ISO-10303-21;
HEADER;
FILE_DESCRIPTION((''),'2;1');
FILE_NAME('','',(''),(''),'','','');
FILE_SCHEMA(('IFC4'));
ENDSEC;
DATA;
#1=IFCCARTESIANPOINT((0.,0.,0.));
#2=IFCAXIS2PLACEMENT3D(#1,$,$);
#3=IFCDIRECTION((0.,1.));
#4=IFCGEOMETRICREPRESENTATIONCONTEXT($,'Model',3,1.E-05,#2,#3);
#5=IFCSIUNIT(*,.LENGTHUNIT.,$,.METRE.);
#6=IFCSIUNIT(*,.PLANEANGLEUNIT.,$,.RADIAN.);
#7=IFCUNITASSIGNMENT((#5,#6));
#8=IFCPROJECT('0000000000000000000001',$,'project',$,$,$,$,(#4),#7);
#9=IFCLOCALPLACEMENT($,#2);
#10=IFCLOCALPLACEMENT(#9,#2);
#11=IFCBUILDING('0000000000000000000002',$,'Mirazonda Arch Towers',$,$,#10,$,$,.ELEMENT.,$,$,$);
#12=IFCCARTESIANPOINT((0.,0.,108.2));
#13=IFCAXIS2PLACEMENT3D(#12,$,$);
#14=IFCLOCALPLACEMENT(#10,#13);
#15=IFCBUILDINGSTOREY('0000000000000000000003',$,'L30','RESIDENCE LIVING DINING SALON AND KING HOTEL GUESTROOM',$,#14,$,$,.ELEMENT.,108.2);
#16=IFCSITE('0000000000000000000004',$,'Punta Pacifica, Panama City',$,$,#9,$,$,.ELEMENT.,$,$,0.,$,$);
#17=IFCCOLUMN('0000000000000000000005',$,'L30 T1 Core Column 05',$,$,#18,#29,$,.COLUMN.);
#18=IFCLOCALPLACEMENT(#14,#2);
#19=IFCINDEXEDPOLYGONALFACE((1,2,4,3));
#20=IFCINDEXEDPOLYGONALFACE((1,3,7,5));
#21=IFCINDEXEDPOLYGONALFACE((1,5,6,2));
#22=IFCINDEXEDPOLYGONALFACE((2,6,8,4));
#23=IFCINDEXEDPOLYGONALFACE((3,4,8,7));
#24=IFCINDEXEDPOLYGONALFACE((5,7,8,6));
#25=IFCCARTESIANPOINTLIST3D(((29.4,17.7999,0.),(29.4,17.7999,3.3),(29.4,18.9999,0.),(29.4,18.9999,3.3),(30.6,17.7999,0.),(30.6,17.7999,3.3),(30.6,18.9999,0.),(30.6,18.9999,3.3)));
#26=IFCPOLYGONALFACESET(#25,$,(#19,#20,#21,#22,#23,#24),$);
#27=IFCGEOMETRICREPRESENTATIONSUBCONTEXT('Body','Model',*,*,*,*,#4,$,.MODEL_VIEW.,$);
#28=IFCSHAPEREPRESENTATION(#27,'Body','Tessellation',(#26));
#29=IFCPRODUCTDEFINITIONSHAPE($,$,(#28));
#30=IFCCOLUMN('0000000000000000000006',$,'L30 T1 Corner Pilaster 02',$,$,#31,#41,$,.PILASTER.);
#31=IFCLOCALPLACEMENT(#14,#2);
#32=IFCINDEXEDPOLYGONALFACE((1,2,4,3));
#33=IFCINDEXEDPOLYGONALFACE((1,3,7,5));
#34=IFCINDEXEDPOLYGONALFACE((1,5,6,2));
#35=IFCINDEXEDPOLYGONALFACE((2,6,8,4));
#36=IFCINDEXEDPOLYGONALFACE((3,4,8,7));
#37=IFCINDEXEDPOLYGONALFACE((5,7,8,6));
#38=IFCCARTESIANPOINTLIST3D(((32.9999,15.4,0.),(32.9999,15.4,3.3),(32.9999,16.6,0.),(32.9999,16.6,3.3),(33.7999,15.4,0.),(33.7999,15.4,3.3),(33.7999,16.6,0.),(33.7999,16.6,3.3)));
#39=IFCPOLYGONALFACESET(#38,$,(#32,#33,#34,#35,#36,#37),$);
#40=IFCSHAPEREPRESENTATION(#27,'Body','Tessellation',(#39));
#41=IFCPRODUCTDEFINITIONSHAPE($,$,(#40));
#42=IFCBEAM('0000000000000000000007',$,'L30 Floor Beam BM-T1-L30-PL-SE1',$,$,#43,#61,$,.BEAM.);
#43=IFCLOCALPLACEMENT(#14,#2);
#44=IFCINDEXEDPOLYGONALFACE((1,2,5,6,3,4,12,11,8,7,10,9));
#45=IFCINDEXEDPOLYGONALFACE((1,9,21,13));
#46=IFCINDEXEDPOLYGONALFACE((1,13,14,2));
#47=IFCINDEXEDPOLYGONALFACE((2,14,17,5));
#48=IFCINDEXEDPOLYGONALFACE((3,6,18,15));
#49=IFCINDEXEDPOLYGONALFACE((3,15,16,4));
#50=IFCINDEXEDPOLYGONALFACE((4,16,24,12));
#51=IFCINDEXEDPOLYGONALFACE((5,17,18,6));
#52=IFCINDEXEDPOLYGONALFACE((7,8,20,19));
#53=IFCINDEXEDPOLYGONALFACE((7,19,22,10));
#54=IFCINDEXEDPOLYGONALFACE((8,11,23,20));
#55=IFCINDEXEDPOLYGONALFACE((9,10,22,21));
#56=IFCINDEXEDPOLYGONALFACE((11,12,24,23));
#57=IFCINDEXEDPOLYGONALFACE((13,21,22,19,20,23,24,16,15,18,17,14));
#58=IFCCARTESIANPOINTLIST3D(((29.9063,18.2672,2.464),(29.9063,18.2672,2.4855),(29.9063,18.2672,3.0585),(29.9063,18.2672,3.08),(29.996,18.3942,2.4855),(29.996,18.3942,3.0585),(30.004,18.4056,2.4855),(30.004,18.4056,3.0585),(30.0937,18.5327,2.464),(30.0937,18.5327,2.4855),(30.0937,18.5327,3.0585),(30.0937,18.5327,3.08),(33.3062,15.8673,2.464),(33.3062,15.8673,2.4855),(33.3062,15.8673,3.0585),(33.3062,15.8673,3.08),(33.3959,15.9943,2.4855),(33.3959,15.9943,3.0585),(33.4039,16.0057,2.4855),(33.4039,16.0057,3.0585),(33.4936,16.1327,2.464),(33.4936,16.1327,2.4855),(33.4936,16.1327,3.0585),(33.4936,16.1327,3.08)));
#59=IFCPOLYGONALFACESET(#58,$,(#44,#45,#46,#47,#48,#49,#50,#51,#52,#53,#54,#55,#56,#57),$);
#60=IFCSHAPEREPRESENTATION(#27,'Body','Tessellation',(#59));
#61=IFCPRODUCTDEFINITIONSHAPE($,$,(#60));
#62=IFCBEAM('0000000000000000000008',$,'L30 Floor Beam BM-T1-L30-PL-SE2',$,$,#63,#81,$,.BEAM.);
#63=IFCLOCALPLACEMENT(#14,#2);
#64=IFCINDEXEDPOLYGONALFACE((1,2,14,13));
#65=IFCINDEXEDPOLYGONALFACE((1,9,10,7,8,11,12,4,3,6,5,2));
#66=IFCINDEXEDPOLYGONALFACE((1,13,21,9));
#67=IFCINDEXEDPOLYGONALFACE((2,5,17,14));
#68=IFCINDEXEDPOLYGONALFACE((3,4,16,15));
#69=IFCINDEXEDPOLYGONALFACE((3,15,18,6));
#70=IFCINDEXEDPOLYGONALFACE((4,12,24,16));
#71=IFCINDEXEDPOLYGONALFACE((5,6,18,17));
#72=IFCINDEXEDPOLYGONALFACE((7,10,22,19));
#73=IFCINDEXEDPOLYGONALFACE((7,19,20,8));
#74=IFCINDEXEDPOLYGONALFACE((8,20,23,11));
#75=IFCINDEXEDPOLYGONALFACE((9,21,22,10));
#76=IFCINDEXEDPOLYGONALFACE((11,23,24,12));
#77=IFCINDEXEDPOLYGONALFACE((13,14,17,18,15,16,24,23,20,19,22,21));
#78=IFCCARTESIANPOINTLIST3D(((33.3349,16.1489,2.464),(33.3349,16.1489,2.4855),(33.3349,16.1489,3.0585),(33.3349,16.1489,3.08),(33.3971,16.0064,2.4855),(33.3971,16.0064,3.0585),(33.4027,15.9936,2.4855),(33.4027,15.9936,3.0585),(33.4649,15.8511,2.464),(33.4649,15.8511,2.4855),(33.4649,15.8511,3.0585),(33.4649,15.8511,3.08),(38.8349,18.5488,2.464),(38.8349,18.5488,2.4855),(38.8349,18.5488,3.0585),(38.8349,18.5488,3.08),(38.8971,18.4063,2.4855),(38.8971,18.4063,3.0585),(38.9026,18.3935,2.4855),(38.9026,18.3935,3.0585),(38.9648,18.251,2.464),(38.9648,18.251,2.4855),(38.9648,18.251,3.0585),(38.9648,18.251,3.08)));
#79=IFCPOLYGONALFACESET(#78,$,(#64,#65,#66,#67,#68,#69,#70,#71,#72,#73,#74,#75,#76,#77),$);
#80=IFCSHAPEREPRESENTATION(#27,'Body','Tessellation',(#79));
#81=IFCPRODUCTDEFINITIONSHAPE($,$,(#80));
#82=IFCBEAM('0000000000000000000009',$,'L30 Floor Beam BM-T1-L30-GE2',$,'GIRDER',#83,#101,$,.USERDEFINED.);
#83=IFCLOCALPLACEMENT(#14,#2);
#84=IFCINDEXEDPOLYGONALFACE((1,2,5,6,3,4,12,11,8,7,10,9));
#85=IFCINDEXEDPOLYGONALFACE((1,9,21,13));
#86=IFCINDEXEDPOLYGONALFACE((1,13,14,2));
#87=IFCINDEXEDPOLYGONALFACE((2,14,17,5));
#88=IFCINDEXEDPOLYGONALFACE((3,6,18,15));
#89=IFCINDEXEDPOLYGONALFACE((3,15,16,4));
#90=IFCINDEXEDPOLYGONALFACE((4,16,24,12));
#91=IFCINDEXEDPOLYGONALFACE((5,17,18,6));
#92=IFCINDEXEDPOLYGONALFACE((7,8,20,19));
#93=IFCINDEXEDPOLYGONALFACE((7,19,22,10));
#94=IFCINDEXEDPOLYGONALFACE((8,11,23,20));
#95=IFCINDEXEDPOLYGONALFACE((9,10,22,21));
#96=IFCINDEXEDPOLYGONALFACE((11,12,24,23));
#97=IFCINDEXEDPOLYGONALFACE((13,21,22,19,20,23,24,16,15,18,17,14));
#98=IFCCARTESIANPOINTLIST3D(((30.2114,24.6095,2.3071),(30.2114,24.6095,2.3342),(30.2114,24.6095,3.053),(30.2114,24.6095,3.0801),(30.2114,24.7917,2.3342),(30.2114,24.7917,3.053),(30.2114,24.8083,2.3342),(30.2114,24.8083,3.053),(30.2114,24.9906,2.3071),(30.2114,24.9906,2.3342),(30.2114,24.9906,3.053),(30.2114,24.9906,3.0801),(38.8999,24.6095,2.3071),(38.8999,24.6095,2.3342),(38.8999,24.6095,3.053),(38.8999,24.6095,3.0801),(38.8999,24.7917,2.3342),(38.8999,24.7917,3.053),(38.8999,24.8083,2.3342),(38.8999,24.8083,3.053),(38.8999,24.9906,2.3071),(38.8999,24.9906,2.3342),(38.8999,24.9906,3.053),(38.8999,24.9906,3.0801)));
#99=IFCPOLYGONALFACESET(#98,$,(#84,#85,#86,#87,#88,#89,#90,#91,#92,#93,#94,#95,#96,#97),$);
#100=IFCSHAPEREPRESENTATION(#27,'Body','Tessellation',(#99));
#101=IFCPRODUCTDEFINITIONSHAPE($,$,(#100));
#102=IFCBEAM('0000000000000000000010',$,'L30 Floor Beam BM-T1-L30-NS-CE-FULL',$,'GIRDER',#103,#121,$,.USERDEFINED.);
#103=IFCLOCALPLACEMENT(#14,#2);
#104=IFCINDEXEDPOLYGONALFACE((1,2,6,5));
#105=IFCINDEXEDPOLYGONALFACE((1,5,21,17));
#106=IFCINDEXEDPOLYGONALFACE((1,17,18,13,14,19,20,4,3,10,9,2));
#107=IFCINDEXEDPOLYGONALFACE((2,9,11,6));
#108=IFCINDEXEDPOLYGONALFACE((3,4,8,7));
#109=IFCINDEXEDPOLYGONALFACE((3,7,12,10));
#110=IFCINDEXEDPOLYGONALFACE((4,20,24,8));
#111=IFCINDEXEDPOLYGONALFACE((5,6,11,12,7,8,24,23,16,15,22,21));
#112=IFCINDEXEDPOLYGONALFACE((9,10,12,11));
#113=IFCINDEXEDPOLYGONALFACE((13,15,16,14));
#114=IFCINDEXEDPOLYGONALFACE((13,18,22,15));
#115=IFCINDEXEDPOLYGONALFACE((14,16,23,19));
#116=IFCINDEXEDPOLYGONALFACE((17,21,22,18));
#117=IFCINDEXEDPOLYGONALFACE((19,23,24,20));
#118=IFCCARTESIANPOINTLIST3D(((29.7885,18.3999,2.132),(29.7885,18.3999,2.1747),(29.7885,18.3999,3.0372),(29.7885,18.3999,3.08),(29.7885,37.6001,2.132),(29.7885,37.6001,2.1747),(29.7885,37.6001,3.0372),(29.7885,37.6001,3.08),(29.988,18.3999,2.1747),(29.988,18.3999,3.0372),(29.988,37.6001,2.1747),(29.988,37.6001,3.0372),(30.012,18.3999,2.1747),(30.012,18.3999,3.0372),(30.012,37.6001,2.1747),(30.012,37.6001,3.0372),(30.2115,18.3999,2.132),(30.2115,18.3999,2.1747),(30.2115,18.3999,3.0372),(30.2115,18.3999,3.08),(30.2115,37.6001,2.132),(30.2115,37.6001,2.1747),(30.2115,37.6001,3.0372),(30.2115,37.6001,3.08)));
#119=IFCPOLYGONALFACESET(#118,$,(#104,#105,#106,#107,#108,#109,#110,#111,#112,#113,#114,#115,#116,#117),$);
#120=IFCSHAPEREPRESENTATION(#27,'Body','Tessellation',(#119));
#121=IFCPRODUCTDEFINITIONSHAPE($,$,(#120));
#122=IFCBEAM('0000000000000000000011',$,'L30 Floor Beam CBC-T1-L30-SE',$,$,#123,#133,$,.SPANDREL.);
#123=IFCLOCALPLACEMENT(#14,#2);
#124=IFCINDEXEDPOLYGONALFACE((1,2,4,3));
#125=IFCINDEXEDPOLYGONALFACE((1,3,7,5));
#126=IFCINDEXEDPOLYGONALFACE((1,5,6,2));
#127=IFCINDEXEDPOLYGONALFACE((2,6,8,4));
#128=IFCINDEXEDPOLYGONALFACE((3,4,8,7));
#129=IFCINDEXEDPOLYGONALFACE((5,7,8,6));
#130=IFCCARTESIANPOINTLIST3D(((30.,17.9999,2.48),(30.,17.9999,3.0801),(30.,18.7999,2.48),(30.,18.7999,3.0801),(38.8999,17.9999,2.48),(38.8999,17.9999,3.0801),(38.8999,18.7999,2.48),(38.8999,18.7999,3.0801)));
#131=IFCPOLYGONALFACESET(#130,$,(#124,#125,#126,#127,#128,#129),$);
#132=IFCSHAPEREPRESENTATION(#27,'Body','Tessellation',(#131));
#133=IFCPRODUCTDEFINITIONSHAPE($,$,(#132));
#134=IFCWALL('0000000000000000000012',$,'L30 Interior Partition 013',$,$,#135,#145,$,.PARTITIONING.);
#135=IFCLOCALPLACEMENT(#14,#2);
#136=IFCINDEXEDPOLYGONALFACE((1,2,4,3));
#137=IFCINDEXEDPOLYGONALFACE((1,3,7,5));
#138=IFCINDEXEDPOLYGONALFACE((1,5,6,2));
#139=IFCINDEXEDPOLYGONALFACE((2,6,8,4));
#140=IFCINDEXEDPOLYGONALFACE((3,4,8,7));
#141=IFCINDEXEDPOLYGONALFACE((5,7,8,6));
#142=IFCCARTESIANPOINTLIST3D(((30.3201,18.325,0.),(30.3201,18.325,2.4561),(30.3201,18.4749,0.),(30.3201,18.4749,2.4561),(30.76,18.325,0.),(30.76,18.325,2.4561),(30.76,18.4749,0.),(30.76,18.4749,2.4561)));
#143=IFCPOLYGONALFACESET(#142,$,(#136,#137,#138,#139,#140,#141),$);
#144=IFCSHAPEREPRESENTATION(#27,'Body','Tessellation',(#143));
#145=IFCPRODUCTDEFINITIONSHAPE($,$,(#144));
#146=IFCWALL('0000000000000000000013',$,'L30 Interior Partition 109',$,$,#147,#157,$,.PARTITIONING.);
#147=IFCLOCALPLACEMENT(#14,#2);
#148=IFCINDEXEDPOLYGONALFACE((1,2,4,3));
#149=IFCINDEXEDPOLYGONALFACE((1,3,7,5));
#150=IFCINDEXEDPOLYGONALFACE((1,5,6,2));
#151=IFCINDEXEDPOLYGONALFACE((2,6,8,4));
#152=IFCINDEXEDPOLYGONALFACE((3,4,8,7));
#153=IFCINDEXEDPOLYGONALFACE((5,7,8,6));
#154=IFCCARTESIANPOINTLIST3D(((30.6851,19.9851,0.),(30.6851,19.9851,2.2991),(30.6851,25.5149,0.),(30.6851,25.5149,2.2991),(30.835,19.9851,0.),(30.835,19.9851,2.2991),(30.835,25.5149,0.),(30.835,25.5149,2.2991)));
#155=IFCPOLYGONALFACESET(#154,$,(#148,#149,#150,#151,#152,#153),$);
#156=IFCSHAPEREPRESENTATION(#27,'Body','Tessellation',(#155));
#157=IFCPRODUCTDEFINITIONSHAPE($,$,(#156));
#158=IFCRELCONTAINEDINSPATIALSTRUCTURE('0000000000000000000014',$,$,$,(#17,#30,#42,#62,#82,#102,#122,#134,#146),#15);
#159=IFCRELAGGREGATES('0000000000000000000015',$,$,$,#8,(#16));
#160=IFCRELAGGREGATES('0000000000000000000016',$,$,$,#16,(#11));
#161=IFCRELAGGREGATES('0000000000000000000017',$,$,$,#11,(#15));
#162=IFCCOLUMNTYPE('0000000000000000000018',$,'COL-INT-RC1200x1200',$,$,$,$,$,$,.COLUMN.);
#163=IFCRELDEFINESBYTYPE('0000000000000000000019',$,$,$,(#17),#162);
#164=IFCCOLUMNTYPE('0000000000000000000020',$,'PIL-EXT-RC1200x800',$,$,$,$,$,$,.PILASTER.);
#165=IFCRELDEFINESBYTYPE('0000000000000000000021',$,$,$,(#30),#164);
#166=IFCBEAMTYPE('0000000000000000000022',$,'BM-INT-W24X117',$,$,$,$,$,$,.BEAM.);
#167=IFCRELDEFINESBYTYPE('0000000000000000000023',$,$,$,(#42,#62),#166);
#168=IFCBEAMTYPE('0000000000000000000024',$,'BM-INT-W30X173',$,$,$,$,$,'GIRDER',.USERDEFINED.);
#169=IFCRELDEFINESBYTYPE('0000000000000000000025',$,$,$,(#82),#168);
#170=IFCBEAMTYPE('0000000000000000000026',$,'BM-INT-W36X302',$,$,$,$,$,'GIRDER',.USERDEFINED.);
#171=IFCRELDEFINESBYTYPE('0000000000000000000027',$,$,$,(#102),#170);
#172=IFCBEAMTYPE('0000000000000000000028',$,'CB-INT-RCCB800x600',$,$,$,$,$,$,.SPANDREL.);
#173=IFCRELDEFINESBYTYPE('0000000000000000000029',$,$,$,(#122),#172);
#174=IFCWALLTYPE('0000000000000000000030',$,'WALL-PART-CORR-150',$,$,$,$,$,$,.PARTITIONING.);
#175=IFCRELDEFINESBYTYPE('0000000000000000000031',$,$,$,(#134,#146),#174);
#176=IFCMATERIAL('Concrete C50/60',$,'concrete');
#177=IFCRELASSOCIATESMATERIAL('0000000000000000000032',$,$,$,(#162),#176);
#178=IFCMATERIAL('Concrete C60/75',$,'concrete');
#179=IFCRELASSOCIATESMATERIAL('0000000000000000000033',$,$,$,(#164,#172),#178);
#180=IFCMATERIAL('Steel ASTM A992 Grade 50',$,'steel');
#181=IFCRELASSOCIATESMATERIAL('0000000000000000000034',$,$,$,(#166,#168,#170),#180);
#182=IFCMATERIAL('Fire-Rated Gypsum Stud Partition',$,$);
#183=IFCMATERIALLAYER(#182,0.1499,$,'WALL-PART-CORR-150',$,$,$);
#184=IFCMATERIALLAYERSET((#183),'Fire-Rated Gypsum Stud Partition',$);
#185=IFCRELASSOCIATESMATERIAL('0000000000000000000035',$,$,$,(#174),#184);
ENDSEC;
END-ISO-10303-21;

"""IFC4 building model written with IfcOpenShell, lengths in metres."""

from ifc_helpers import new_model, si_unit, direction, frame, frame_2d, origin, origin_2d, place, context, subcontext, project, spatial, rectangle, i_section, extrude, material, layer, layer_set, material_profile, profile_set, type_object, element, save


model = new_model("IFC4")

# Units and contexts
model_context = context("Model", 3, precision=1e-05, world=origin(), true_north=direction((0.0, 1.0)))
body_context = subcontext(model_context, "Body", "Model", "MODEL_VIEW")
ifc_project = project(units=[si_unit("LENGTHUNIT", "METRE"), si_unit("PLANEANGLEUNIT", "RADIAN")], contexts=[model_context])

# Site, building, storey
site_placement = place(None, origin())
site = spatial("IfcSite", under=ifc_project, at=site_placement, Name="Punta Pacifica, Panama City", CompositionType="ELEMENT", RefElevation=0.0)
building_placement = place(site_placement, origin())
building = spatial("IfcBuilding", under=site, at=building_placement, Name="Mirazonda Arch Towers", CompositionType="ELEMENT")
storey_placement = place(building_placement, frame((0.0, 0.0, 108.2)))
storey = spatial("IfcBuildingStorey", under=building, at=storey_placement, Name="L30", Description="RESIDENCE LIVING DINING SALON AND KING HOTEL GUESTROOM", CompositionType="ELEMENT", Elevation=108.2)

# Columns
ifc_material_1 = material(Name="Concrete C50/60", Category="concrete")
ifc_material_profile_1 = material_profile(ifc_material_1, rectangle(XDim=1.2, YDim=1.2, at=origin_2d()), Name="RC1200x1200")
ifc_profile_set_1 = profile_set([ifc_material_profile_1], Name="Concrete C50/60")
column_type_1 = type_object("IfcColumnType", Name="COL-INT-RC1200x1200", PredefinedType="COLUMN", material=ifc_profile_set_1)
column_1_placement = place(storey_placement, frame((30.0, 18.3999, 0.0), z_axis=(0.0, 0.0, 1.0), x_axis=(1.0, 0.0, 0.0)))
element("IfcColumn", 1, at=column_1_placement, inside=storey, type_object=column_type_1, Name="L30 T1 Core Column 05", PredefinedType="COLUMN", context=body_context, shape_type="SweptSolid", body=[
    extrude(rectangle(XDim=1.2, YDim=1.2, at=origin_2d()), origin(), (0.0, 0.0, 1.0), 3.3),
])
ifc_material_2 = material(Name="Concrete C60/75", Category="concrete")
ifc_material_profile_2 = material_profile(ifc_material_2, rectangle(XDim=0.8, YDim=1.2, at=origin_2d()), Name="RC1200x800")
ifc_profile_set_2 = profile_set([ifc_material_profile_2], Name="Concrete C60/75")
column_type_2 = type_object("IfcColumnType", Name="PIL-EXT-RC1200x800", PredefinedType="PILASTER", material=ifc_profile_set_2)
column_2_placement = place(storey_placement, frame((33.3999, 16.0, 0.0), z_axis=(0.0, 0.0, 1.0), x_axis=(1.0, 0.0, 0.0)))
element("IfcColumn", 2, at=column_2_placement, inside=storey, type_object=column_type_2, Name="L30 T1 Corner Pilaster 02", PredefinedType="PILASTER", context=body_context, shape_type="SweptSolid", body=[
    extrude(rectangle(XDim=0.8, YDim=1.2, at=origin_2d()), origin(), (0.0, 0.0, 1.0), 3.3),
])

# Beams
ifc_material_3 = material(Name="Steel ASTM A992 Grade 50", Category="steel")
ifc_material_profile_3 = material_profile(ifc_material_3, i_section(OverallWidth=0.325, OverallDepth=0.616, WebThickness=0.0139, FlangeThickness=0.0215, at=origin_2d()), Name="W24X117")
ifc_profile_set_3 = profile_set([ifc_material_profile_3], Name="Steel ASTM A992 Grade 50")
beam_type_1 = type_object("IfcBeamType", Name="BM-INT-W24X117", PredefinedType="BEAM", material=ifc_profile_set_3)
beam_1_placement = place(storey_placement, frame((33.3999, 16.0, 2.772), z_axis=(-0.816971, 0.576679, 0.0), x_axis=(-0.576679, -0.816971, 0.0)))
element("IfcBeam", 3, at=beam_1_placement, inside=storey, type_object=beam_type_1, Name="L30 Floor Beam BM-T1-L30-PL-SE1", PredefinedType="BEAM", context=body_context, shape_type="SweptSolid", body=[
    extrude(i_section(OverallWidth=0.325, OverallDepth=0.616, WebThickness=0.0139, FlangeThickness=0.0215, at=origin_2d()), origin(), (0.0, 0.0, 1.0), 4.1616),
])
beam_2_placement = place(storey_placement, frame((33.3999, 16.0, 2.772), z_axis=(0.916545, 0.399931, 0.0), x_axis=(-0.399931, 0.916545, 0.0)))
element("IfcBeam", 4, at=beam_2_placement, inside=storey, type_object=beam_type_1, Name="L30 Floor Beam BM-T1-L30-PL-SE2", PredefinedType="BEAM", context=body_context, shape_type="SweptSolid", body=[
    extrude(i_section(OverallWidth=0.325, OverallDepth=0.616, WebThickness=0.0139, FlangeThickness=0.0215, at=origin_2d()), origin(), (0.0, 0.0, 1.0), 6.0007),
])
ifc_material_profile_4 = material_profile(ifc_material_3, i_section(OverallWidth=0.3811, OverallDepth=0.7729, WebThickness=0.0166, FlangeThickness=0.0271, at=origin_2d()), Name="W30X173")
ifc_profile_set_4 = profile_set([ifc_material_profile_4], Name="Steel ASTM A992 Grade 50")
beam_type_2 = type_object("IfcBeamType", Name="BM-INT-W30X173", ElementType="GIRDER", PredefinedType="USERDEFINED", material=ifc_profile_set_4)
beam_3_placement = place(storey_placement, frame((30.2114, 24.8, 2.6936), z_axis=(1.0, 0.0, 0.0), x_axis=(0.0, 1.0, 0.0)))
element("IfcBeam", 5, at=beam_3_placement, inside=storey, type_object=beam_type_2, Name="L30 Floor Beam BM-T1-L30-GE2", ObjectType="GIRDER", PredefinedType="USERDEFINED", context=body_context, shape_type="SweptSolid", body=[
    extrude(i_section(OverallWidth=0.3811, OverallDepth=0.7729, WebThickness=0.0166, FlangeThickness=0.0271, at=origin_2d()), origin(), (0.0, 0.0, 1.0), 8.6885),
])
ifc_material_profile_5 = material_profile(ifc_material_3, i_section(OverallWidth=0.4231, OverallDepth=0.948, WebThickness=0.0239, FlangeThickness=0.0427, at=origin_2d()), Name="W36X302")
ifc_profile_set_5 = profile_set([ifc_material_profile_5], Name="Steel ASTM A992 Grade 50")
beam_type_3 = type_object("IfcBeamType", Name="BM-INT-W36X302", ElementType="GIRDER", PredefinedType="USERDEFINED", material=ifc_profile_set_5)
beam_4_placement = place(storey_placement, frame((30.0, 18.3999, 2.606), z_axis=(0.0, 1.0, 0.0), x_axis=(-1.0, 0.0, 0.0)))
element("IfcBeam", 6, at=beam_4_placement, inside=storey, type_object=beam_type_3, Name="L30 Floor Beam BM-T1-L30-NS-CE-FULL", ObjectType="GIRDER", PredefinedType="USERDEFINED", context=body_context, shape_type="SweptSolid", body=[
    extrude(i_section(OverallWidth=0.4231, OverallDepth=0.948, WebThickness=0.0239, FlangeThickness=0.0427, at=origin_2d()), origin(), (0.0, 0.0, 1.0), 19.2002),
])
ifc_material_profile_6 = material_profile(ifc_material_2, rectangle(XDim=0.8, YDim=0.6001, at=origin_2d()), Name="RCCB800x600")
ifc_profile_set_6 = profile_set([ifc_material_profile_6], Name="Concrete C60/75")
beam_type_4 = type_object("IfcBeamType", Name="CB-INT-RCCB800x600", PredefinedType="SPANDREL", material=ifc_profile_set_6)
beam_5_placement = place(storey_placement, frame((30.0, 18.3999, 2.78), z_axis=(1.0, 0.0, 0.0), x_axis=(0.0, 1.0, 0.0)))
element("IfcBeam", 7, at=beam_5_placement, inside=storey, type_object=beam_type_4, Name="L30 Floor Beam CBC-T1-L30-SE", PredefinedType="SPANDREL", context=body_context, shape_type="SweptSolid", body=[
    extrude(rectangle(XDim=0.8, YDim=0.6001, at=origin_2d()), origin(), (0.0, 0.0, 1.0), 8.8999),
])

# Walls
ifc_material_4 = material(Name="Fire-Rated Gypsum Stud Partition")
ifc_layer_1 = layer(ifc_material_4, 0.1499, Name="WALL-PART-CORR-150")
ifc_layer_set_1 = layer_set([ifc_layer_1], Name="Fire-Rated Gypsum Stud Partition")
wall_type_1 = type_object("IfcWallType", Name="WALL-PART-CORR-150", PredefinedType="PARTITIONING", material=ifc_layer_set_1)
wall_1_placement = place(storey_placement, frame((30.3201, 18.3999, 0.0), z_axis=(0.0, 0.0, 1.0), x_axis=(1.0, 0.0, 0.0)))
element("IfcWall", 8, at=wall_1_placement, inside=storey, type_object=wall_type_1, Name="L30 Interior Partition 013", PredefinedType="PARTITIONING", context=body_context, shape_type="SweptSolid", body=[
    extrude(rectangle(XDim=0.4399, YDim=0.1499, at=frame_2d((0.22, 0.0))), origin(), (0.0, 0.0, 1.0), 2.4561),
])
wall_2_placement = place(storey_placement, frame((30.76, 19.9851, 0.0), z_axis=(0.0, 0.0, 1.0), x_axis=(0.0, 1.0, 0.0)))
element("IfcWall", 9, at=wall_2_placement, inside=storey, type_object=wall_type_1, Name="L30 Interior Partition 109", PredefinedType="PARTITIONING", context=body_context, shape_type="SweptSolid", body=[
    extrude(rectangle(XDim=5.5298, YDim=0.1499, at=frame_2d((2.7649, 0.0))), origin(), (0.0, 0.0, 1.0), 2.2991),
])

save(model, "model.ifc")
